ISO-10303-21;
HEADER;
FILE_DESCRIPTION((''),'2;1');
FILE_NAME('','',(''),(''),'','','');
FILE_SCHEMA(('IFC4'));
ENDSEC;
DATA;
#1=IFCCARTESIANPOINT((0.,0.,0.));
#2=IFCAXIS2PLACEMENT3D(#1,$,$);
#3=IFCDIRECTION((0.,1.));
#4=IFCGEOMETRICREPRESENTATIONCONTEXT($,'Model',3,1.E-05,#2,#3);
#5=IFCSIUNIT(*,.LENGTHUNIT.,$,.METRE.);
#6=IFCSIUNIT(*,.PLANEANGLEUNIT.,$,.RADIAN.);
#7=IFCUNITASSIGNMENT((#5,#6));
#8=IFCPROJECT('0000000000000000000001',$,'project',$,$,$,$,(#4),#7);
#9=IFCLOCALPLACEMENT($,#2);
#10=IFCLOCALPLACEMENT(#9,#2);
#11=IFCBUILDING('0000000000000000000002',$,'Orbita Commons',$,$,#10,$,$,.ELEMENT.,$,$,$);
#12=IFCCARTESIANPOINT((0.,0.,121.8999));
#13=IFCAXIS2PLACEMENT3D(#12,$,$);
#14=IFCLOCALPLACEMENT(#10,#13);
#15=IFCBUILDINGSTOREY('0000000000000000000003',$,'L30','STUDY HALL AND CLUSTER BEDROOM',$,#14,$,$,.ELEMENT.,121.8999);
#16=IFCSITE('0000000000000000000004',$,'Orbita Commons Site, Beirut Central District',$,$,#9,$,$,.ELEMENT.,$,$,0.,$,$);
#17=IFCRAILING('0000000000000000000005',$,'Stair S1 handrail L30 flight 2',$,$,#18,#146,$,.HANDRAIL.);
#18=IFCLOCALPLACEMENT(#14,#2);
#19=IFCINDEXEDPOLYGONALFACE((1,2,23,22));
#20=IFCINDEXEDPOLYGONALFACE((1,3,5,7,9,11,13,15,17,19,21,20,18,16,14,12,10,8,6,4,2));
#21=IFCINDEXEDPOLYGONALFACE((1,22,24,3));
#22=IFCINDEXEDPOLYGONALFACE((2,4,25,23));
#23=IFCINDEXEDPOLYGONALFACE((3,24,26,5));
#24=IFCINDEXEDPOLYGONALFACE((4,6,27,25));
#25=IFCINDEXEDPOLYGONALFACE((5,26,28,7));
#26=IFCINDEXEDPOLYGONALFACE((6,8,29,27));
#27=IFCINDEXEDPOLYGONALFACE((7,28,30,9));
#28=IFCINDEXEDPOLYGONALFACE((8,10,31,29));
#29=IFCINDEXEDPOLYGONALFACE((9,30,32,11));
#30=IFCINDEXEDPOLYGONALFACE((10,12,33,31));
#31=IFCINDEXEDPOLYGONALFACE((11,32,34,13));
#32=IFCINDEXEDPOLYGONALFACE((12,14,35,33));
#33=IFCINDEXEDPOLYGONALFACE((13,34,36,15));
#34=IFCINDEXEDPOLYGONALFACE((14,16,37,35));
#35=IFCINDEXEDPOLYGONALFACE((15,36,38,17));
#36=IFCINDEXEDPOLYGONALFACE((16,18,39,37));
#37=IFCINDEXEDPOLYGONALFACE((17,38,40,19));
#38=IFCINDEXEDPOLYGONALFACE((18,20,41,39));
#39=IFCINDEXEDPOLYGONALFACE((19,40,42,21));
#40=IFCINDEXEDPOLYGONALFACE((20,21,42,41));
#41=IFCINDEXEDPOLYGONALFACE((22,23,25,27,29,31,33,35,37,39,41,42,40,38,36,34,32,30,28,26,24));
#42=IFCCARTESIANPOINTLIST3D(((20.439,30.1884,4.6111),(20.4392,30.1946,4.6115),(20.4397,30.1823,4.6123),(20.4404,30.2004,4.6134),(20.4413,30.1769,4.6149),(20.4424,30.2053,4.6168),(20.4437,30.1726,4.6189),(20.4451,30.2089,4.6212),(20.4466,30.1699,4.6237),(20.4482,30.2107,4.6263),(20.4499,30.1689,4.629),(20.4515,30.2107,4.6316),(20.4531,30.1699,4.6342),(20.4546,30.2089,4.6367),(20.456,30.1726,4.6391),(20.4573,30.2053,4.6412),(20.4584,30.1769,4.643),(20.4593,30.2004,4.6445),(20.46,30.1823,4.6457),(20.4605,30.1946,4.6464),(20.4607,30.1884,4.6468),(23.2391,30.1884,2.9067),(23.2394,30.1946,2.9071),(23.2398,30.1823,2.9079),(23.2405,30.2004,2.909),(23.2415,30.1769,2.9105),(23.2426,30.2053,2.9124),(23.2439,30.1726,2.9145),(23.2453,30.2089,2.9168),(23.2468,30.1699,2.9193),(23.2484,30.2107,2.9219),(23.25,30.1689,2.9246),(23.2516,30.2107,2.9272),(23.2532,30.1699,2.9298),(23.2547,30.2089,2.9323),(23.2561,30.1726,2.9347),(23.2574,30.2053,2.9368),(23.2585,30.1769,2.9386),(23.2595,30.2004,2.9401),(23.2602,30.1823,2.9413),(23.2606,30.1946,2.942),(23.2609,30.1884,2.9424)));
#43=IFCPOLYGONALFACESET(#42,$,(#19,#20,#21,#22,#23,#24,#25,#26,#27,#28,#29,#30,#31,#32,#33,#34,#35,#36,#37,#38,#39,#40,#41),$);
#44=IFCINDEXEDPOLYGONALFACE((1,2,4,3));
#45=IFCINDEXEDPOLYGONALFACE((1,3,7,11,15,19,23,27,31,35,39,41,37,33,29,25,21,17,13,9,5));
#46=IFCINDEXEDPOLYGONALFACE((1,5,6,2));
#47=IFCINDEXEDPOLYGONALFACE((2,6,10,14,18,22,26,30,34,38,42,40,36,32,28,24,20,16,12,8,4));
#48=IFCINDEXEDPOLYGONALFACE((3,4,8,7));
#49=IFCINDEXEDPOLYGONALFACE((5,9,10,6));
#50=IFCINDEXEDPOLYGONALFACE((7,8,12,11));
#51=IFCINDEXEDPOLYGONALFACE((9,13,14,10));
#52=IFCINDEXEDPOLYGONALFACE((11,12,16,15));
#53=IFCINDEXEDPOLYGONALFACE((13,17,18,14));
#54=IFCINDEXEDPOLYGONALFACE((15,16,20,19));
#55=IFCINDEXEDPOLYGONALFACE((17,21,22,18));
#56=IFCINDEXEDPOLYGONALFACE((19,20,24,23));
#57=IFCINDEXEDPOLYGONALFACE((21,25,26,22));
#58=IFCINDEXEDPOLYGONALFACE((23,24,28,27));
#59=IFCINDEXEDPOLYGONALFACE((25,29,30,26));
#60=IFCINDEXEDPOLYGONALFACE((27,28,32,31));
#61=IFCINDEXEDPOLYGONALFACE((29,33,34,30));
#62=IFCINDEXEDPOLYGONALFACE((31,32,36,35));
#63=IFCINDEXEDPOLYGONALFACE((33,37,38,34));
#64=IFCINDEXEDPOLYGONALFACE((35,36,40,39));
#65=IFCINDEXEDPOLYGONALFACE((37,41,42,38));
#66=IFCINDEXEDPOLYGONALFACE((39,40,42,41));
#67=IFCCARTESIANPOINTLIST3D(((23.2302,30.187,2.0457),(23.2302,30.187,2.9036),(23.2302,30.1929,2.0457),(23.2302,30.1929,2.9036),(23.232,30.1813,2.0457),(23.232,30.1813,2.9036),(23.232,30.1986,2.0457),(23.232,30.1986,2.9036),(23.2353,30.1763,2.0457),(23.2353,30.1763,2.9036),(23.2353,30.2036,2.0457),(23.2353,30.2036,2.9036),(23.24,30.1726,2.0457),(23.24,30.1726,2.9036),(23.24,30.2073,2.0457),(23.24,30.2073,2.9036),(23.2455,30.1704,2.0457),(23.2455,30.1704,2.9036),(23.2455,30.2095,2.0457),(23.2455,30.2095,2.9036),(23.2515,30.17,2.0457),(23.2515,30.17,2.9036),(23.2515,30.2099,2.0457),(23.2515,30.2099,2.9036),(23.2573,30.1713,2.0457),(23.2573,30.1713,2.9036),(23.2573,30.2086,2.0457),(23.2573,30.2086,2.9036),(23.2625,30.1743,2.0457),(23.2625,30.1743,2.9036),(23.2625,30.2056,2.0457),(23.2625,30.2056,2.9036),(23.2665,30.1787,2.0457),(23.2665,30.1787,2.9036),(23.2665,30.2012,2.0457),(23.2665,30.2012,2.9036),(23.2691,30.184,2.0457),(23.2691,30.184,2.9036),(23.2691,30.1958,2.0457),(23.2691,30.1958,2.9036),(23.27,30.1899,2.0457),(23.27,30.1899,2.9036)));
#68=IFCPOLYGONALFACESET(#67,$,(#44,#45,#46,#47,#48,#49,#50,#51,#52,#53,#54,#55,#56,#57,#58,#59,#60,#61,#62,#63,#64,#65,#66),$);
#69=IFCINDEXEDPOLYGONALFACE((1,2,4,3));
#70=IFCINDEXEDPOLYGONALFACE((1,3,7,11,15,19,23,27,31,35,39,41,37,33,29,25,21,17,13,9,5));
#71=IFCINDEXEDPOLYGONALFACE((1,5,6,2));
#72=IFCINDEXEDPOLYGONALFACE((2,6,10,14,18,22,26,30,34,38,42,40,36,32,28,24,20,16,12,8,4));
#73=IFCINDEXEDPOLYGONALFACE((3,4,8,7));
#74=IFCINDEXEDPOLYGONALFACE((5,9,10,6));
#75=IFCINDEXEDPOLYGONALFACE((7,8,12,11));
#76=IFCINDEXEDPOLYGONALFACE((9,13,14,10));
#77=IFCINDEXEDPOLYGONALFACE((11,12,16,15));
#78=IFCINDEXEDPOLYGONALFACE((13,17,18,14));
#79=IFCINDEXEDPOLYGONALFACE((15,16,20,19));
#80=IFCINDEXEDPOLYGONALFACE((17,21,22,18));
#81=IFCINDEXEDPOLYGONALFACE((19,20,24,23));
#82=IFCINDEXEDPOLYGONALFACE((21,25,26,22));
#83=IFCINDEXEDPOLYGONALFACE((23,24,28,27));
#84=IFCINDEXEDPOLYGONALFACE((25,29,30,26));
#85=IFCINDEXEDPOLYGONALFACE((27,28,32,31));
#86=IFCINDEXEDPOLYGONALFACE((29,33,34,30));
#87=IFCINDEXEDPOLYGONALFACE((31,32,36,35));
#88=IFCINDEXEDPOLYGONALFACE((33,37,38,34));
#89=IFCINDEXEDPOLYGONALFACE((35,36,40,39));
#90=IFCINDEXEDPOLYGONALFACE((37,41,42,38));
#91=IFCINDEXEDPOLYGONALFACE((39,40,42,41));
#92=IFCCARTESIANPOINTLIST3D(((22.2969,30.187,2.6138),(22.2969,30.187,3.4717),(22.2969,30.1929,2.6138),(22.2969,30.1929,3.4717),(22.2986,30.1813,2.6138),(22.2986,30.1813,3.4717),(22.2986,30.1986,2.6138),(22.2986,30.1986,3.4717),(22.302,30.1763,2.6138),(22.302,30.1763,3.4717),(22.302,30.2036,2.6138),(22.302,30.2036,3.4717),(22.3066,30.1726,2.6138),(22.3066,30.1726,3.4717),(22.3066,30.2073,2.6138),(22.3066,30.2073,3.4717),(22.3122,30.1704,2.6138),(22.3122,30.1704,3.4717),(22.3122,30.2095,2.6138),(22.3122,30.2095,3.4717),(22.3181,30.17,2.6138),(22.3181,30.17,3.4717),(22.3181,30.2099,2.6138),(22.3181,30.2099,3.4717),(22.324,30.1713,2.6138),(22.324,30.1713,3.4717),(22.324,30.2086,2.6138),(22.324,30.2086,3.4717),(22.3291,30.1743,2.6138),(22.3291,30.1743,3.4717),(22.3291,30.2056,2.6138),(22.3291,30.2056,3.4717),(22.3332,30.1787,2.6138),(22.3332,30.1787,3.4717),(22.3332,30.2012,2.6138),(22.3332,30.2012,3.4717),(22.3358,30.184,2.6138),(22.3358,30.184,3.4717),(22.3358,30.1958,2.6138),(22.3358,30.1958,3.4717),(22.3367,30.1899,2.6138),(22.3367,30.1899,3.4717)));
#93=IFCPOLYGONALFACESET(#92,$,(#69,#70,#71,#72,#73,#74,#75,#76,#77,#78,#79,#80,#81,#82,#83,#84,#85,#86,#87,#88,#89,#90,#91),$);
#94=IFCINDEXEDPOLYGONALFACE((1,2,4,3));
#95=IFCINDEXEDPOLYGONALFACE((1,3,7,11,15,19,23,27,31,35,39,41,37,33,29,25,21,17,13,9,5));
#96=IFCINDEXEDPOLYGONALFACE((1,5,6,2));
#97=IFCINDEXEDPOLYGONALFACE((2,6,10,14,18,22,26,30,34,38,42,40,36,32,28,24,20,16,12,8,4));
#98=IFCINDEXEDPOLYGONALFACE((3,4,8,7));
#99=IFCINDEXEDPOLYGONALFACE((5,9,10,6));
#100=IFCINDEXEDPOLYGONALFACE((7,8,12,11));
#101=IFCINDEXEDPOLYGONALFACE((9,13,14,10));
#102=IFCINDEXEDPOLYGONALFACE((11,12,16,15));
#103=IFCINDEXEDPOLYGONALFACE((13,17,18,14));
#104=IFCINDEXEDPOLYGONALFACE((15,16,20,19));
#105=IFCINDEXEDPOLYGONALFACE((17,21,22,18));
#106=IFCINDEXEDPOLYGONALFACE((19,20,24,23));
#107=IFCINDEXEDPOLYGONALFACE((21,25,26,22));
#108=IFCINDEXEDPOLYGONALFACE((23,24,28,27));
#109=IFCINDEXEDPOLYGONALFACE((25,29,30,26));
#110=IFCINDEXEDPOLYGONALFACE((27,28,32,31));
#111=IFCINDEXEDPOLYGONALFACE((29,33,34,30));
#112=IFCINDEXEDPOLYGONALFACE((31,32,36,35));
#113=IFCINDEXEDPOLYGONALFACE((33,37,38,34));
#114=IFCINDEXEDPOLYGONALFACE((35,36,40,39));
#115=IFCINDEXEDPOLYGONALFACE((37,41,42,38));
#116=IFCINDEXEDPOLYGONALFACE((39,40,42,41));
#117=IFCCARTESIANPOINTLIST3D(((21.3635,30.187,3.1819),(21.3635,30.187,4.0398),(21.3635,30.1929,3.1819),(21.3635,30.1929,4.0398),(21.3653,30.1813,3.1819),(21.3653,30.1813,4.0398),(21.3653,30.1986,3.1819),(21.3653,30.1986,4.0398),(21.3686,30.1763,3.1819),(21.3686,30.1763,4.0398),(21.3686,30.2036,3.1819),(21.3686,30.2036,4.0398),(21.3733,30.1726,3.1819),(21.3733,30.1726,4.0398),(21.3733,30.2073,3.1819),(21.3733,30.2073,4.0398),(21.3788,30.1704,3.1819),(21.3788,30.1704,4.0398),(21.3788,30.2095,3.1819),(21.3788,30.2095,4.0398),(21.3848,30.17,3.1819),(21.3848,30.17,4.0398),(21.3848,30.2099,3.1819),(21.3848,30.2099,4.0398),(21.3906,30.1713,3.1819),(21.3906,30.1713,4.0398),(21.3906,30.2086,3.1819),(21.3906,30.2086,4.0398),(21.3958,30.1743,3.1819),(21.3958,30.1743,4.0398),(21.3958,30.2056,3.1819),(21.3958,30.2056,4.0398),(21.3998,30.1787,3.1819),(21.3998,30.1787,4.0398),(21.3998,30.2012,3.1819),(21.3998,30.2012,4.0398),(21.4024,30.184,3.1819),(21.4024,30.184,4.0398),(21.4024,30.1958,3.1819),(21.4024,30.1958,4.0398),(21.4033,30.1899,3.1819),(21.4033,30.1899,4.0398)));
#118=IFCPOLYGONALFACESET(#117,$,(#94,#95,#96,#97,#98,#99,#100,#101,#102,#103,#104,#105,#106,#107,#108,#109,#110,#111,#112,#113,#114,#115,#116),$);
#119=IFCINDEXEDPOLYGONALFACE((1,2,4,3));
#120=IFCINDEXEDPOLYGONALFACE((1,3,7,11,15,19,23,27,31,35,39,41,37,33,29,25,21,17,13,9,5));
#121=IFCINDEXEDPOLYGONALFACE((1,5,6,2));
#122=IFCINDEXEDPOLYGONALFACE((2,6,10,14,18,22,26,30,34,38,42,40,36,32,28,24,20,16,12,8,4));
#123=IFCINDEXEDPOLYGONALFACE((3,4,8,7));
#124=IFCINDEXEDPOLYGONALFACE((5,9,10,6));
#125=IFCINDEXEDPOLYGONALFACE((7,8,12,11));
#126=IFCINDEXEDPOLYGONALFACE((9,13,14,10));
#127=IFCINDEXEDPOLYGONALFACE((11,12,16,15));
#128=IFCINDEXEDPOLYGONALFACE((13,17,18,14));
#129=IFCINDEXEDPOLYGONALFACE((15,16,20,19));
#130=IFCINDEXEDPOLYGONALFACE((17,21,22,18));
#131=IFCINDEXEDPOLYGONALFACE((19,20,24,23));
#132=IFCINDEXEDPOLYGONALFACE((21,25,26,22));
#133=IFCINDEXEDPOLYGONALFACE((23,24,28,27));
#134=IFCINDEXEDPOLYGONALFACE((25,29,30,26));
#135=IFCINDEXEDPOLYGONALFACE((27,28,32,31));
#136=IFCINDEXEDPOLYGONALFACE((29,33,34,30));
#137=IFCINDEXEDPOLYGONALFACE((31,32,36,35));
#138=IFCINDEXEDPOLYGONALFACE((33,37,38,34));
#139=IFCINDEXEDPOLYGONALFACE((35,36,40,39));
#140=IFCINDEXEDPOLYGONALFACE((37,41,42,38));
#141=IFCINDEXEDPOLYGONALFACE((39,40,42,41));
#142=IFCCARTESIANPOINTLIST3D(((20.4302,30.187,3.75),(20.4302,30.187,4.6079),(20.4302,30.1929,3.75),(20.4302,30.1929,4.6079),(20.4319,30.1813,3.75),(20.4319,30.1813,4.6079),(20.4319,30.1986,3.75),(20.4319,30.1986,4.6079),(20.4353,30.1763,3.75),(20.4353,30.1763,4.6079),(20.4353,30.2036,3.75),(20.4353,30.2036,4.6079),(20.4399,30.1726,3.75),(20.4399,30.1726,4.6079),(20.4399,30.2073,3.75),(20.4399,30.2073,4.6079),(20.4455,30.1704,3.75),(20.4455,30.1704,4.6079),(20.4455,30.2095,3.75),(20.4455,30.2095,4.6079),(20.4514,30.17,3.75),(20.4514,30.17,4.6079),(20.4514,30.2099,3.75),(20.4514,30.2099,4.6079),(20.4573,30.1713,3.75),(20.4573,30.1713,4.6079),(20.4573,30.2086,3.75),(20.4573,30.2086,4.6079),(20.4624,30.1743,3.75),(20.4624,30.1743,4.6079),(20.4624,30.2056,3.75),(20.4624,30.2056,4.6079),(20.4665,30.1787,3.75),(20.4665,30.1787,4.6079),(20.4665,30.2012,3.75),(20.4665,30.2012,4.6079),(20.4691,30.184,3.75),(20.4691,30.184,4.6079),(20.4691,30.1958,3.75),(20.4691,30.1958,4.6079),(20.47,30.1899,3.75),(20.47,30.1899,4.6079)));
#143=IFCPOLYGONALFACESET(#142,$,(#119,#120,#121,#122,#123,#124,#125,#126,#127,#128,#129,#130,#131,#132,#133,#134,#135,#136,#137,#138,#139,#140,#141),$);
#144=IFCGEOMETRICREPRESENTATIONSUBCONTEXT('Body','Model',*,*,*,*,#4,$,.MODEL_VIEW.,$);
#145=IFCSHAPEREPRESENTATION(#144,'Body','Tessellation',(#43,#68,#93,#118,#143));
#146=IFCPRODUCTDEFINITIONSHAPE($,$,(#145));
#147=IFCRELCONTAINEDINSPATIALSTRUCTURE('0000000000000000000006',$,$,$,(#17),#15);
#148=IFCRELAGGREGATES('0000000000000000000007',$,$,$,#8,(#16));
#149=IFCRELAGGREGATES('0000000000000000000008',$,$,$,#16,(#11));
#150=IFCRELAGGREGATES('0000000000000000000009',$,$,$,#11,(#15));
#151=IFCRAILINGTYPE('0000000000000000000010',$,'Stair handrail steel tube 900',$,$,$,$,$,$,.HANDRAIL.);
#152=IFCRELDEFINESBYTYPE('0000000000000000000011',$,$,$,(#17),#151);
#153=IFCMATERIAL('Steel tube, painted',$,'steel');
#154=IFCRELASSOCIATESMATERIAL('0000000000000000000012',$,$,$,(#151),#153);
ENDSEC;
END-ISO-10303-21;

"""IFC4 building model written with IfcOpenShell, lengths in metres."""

from ifc_helpers import new_model, si_unit, direction, frame, origin, origin_2d, place, context, subcontext, project, spatial, circle, extrude, material, type_object, element, save


model = new_model("IFC4")

# Units and contexts
model_context = context("Model", 3, precision=1e-05, world=origin(), true_north=direction((0.0, 1.0)))
body_context = subcontext(model_context, "Body", "Model", "MODEL_VIEW")
ifc_project = project(units=[si_unit("LENGTHUNIT", "METRE"), si_unit("PLANEANGLEUNIT", "RADIAN")], contexts=[model_context])

# Site, building, storey
site_placement = place(None, origin())
site = spatial("IfcSite", under=ifc_project, at=site_placement, Name="Orbita Commons Site, Beirut Central District", CompositionType="ELEMENT", RefElevation=0.0)
building_placement = place(site_placement, origin())
building = spatial("IfcBuilding", under=site, at=building_placement, Name="Orbita Commons", CompositionType="ELEMENT")
storey_placement = place(building_placement, frame((0.0, 0.0, 121.8999)))
storey = spatial("IfcBuildingStorey", under=building, at=storey_placement, Name="L30", Description="STUDY HALL AND CLUSTER BEDROOM", CompositionType="ELEMENT", Elevation=121.8999)

# Railing
ifc_material_1 = material(Name="Steel tube, painted", Category="steel")
railing_type = type_object("IfcRailingType", Name="Stair handrail steel tube 900", PredefinedType="HANDRAIL", material=ifc_material_1)
railing_placement = place(storey_placement, frame((23.25, 30.1899, 2.0457)))
element("IfcRailing", 1, at=railing_placement, inside=storey, type_object=railing_type, Name="Stair S1 handrail L30 flight 2", PredefinedType="HANDRAIL", context=body_context, shape_type="SweptSolid", body=[
    extrude(circle(Radius=0.021, at=origin_2d()), frame((0.0, 0.0, 0.8789), z_axis=(-0.854203, 0.0, 0.51994), x_axis=(0.0, -1.0, 0.0)), (0.0, 0.0, 1.0), 3.2781),
    extrude(circle(Radius=0.02, at=origin_2d()), origin(), (0.0, 0.0, 1.0), 0.8579),
    extrude(circle(Radius=0.02, at=origin_2d()), frame((-0.9333, 0.0, 0.5681)), (0.0, 0.0, 1.0), 0.8579),
    extrude(circle(Radius=0.02, at=origin_2d()), frame((-1.8667, 0.0, 1.1362)), (0.0, 0.0, 1.0), 0.8579),
    extrude(circle(Radius=0.02, at=origin_2d()), frame((-2.8, 0.0, 1.7043)), (0.0, 0.0, 1.0), 0.8579),
])

save(model, "model.ifc")
